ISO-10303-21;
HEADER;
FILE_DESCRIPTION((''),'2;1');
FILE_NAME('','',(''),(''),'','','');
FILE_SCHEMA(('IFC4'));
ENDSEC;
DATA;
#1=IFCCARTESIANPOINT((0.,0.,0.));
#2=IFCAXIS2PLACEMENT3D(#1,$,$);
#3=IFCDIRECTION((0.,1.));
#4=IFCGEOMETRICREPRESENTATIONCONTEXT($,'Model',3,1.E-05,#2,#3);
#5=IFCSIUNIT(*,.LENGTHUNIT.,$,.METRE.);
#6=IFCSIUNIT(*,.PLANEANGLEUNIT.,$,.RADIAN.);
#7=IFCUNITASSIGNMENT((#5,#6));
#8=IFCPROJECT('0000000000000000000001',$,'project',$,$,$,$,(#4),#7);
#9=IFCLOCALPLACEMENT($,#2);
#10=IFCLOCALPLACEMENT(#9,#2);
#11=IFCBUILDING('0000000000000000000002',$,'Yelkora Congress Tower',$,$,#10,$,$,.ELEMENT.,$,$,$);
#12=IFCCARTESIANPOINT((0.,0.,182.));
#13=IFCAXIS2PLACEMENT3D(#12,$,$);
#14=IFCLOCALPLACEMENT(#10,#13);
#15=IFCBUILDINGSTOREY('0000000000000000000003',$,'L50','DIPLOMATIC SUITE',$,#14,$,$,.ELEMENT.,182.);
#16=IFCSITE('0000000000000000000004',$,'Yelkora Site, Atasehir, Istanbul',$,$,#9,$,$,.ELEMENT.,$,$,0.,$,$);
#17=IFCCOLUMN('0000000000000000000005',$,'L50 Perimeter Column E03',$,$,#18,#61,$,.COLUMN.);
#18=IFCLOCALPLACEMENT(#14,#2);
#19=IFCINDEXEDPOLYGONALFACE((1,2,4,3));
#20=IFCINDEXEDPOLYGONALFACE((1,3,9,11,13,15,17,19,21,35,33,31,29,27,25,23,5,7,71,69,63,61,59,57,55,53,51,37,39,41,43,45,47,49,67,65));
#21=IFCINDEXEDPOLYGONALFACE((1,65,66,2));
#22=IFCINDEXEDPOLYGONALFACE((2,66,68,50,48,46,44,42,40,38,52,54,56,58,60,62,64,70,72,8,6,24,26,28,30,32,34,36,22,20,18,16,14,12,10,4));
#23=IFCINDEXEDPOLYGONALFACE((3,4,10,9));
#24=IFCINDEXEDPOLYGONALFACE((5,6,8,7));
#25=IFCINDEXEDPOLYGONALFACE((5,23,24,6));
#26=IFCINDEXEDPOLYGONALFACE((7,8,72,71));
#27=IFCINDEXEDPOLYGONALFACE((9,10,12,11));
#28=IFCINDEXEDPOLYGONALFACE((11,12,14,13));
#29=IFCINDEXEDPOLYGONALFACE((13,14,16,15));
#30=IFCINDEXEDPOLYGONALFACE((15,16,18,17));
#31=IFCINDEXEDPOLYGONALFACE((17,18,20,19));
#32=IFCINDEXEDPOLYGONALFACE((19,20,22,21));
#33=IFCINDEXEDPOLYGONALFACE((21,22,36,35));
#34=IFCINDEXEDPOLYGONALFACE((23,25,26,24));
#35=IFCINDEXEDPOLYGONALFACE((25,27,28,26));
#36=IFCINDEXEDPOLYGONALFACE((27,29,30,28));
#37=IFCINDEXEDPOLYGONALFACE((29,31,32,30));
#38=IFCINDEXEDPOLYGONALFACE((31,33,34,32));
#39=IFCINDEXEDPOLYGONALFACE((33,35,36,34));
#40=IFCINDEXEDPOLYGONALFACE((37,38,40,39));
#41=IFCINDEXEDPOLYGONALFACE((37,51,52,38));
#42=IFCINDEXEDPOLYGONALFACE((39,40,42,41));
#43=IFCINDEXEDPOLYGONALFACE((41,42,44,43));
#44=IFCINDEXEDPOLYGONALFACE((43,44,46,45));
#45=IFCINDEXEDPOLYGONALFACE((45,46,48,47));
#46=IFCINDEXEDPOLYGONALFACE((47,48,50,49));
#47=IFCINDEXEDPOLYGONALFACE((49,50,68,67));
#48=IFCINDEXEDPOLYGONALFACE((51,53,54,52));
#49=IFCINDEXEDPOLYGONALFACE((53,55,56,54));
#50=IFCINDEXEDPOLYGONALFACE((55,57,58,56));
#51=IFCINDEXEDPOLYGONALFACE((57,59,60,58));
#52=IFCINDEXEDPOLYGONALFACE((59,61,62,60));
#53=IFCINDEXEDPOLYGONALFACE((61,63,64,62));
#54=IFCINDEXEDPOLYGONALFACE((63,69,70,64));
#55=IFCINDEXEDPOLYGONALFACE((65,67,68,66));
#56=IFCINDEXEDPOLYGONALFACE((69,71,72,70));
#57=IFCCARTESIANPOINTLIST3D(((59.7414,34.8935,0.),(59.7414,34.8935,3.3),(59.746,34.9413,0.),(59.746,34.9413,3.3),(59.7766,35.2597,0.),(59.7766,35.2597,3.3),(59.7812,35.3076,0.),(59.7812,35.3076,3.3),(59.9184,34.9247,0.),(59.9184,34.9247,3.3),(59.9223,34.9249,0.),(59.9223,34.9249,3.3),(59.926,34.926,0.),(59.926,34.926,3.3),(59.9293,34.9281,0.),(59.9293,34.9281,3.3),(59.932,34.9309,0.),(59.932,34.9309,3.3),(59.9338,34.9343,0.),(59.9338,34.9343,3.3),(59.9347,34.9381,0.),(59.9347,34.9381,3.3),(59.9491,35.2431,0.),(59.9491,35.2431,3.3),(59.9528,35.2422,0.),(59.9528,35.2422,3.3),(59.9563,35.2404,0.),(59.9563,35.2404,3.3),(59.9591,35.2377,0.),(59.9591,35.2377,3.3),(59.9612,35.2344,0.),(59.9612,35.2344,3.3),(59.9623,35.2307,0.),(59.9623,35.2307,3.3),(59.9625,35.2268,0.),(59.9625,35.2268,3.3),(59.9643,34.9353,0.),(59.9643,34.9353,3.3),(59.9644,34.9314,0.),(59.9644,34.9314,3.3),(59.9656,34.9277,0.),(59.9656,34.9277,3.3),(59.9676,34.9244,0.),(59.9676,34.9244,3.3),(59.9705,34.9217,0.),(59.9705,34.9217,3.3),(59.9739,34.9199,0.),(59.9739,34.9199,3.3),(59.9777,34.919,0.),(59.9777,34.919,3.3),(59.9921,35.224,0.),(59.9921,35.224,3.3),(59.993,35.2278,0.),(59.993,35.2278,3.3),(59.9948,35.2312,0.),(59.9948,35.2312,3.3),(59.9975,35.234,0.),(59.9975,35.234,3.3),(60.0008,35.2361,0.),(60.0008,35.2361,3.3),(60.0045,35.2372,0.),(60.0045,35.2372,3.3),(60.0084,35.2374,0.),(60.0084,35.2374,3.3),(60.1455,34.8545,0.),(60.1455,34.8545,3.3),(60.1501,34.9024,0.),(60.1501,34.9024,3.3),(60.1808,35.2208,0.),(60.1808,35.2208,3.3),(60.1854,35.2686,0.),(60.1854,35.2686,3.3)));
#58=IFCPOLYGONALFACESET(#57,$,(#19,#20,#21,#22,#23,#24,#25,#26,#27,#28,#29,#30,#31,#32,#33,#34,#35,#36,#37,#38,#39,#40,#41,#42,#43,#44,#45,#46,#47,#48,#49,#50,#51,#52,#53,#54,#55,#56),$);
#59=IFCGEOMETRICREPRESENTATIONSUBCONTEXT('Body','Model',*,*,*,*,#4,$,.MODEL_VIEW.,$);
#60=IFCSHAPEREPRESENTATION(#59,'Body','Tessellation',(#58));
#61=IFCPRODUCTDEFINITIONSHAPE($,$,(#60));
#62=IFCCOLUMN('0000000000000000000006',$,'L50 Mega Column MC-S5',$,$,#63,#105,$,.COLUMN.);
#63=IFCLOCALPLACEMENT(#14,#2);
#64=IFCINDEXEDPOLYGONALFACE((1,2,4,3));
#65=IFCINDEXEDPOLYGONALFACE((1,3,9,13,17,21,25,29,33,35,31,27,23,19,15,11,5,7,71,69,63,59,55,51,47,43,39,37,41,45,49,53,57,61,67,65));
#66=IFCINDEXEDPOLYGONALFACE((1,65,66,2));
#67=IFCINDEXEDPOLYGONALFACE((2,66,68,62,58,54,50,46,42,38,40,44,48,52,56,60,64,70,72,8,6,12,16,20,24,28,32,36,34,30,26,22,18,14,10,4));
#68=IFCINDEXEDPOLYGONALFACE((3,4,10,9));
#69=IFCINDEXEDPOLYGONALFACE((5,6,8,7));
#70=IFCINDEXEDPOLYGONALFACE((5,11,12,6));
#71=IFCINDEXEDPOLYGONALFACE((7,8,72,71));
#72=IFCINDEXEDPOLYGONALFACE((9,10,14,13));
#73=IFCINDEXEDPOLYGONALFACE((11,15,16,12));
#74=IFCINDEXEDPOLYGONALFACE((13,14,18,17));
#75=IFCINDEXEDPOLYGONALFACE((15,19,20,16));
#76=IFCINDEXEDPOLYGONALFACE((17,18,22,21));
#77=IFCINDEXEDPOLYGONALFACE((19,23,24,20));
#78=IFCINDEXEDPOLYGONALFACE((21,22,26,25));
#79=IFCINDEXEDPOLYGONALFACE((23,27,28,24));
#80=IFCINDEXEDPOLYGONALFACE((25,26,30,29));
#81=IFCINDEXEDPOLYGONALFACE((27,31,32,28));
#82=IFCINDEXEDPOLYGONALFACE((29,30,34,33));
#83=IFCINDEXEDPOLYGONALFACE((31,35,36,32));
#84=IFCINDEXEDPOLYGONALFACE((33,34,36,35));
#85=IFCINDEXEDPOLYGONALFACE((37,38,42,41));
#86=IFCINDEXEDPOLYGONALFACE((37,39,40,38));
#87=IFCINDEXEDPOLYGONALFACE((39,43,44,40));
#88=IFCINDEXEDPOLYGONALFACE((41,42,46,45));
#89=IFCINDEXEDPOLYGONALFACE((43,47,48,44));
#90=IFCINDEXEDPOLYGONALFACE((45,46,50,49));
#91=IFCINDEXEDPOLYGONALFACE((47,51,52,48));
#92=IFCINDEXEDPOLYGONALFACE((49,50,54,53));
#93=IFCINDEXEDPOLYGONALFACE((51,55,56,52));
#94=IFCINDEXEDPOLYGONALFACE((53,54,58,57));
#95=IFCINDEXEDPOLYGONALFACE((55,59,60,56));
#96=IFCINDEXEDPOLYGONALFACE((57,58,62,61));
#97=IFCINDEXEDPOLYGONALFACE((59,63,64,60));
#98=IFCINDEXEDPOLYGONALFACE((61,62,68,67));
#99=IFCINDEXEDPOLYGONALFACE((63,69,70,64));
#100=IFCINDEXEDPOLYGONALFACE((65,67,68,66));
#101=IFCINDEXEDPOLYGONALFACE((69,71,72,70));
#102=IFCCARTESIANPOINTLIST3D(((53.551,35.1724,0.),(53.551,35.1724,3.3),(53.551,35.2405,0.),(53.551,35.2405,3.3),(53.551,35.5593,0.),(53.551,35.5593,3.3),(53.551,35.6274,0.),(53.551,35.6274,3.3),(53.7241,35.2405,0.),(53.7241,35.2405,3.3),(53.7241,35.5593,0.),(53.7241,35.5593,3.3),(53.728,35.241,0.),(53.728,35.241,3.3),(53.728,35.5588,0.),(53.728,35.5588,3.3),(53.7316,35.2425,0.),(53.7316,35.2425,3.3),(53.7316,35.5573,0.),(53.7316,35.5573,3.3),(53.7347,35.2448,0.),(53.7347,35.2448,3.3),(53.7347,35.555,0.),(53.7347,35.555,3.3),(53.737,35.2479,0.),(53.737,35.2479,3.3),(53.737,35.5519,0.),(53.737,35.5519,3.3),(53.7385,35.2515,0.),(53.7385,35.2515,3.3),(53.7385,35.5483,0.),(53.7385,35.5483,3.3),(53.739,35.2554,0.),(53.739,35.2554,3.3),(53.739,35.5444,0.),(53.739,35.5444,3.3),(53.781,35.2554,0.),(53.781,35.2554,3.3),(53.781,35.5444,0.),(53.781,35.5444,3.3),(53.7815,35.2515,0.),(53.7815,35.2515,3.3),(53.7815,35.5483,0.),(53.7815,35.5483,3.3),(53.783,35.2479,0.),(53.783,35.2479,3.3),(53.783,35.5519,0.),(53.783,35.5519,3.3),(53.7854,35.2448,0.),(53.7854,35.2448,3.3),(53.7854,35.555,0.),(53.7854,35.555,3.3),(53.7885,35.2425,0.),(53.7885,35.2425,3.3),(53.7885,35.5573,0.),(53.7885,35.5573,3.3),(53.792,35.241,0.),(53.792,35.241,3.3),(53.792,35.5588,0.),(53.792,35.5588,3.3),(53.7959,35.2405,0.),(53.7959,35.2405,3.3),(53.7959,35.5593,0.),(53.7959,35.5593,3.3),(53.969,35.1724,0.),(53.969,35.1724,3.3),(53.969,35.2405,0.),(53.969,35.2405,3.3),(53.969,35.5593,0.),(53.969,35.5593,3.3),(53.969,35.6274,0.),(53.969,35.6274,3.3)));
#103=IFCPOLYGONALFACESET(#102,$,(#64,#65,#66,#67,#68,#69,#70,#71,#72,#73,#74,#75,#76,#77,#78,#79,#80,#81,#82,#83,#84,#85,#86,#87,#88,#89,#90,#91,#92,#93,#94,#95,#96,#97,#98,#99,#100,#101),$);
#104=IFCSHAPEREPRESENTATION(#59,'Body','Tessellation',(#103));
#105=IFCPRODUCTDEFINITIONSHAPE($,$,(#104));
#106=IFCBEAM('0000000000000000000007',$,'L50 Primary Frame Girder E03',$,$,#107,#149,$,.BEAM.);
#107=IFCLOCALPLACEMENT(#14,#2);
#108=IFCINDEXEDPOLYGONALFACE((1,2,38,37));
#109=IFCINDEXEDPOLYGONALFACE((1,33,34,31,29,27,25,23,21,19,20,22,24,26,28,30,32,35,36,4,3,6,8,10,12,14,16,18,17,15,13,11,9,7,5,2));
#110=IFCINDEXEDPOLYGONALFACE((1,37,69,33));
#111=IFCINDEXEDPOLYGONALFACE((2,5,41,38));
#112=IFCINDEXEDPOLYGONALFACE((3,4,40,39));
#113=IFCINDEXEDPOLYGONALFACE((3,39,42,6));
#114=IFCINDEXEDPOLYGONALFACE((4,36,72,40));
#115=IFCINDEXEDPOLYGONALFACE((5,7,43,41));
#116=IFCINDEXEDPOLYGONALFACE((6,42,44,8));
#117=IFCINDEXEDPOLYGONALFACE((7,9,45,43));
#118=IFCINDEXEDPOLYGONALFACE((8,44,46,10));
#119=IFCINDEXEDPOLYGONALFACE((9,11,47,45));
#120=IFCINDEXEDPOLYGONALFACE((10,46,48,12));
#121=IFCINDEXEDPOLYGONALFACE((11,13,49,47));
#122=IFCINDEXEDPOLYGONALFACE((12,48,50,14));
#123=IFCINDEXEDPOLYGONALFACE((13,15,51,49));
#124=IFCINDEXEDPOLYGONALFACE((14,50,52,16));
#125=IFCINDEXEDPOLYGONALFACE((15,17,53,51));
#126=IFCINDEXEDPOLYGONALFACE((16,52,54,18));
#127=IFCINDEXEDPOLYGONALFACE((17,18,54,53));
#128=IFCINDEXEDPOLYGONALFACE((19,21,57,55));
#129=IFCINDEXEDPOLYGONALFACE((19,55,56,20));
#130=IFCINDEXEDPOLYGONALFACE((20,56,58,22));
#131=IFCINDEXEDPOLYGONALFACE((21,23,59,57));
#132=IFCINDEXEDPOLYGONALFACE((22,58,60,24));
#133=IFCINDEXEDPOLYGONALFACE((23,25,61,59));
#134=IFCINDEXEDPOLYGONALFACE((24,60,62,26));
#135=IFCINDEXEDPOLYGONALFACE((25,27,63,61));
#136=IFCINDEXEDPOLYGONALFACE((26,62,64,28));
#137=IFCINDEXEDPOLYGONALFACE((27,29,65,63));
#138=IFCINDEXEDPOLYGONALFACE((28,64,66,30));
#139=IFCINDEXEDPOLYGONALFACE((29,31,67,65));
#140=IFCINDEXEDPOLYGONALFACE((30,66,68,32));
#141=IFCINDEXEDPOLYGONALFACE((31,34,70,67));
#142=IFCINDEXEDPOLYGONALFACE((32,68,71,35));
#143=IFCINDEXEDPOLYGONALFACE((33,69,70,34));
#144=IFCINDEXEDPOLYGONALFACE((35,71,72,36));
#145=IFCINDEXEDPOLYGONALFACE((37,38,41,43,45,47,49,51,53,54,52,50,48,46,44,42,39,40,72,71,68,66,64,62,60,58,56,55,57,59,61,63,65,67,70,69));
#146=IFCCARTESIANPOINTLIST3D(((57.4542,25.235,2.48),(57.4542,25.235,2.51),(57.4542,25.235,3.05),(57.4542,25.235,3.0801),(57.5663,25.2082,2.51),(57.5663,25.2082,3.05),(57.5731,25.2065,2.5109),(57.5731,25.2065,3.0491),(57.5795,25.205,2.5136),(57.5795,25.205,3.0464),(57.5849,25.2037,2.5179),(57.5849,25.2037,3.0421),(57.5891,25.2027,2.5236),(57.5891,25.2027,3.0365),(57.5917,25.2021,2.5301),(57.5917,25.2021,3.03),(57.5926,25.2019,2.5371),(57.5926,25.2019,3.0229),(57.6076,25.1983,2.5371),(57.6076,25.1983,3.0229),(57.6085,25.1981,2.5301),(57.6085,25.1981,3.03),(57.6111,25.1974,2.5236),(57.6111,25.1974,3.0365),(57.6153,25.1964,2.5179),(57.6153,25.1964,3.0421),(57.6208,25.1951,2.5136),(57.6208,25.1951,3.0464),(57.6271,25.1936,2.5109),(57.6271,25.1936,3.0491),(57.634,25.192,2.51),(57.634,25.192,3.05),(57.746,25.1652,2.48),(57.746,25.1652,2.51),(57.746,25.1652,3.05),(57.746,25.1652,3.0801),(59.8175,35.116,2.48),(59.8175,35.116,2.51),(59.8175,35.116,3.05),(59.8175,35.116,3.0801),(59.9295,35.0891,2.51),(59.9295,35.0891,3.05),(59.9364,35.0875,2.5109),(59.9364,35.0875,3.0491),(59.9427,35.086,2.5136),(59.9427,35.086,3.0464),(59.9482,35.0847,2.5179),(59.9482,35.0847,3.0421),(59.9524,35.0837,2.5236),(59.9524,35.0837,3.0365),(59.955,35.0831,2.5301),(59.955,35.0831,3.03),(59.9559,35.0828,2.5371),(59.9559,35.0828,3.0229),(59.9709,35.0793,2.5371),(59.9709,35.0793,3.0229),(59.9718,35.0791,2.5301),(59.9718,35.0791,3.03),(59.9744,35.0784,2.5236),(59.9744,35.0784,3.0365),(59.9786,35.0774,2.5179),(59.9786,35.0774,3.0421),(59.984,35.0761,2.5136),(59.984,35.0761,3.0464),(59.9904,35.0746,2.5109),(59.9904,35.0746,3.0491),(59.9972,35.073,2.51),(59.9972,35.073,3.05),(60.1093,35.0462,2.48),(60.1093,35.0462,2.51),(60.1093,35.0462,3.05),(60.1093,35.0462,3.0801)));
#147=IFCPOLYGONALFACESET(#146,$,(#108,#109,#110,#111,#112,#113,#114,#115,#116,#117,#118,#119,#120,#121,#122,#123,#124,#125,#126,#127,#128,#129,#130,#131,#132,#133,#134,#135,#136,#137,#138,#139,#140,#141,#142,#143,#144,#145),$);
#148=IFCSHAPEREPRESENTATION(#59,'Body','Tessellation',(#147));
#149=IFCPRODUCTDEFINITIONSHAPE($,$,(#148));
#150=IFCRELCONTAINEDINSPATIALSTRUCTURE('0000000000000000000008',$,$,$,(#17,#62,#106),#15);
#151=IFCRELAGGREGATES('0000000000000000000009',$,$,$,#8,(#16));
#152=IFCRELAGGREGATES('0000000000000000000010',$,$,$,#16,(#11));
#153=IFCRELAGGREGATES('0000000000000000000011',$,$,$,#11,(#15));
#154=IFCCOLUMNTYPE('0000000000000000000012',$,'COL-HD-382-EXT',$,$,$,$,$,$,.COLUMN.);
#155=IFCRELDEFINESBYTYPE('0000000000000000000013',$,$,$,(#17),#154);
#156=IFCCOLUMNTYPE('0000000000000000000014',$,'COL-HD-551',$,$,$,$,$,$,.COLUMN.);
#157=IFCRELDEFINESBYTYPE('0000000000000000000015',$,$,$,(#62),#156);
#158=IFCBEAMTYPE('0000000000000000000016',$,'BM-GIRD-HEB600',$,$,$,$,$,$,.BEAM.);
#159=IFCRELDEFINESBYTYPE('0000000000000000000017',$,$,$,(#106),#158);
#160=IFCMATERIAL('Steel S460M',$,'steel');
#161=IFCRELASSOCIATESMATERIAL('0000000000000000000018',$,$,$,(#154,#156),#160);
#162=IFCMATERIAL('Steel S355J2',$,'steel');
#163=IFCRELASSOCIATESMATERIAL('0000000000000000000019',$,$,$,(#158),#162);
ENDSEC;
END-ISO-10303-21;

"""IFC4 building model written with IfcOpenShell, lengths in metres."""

from ifc_helpers import new_model, si_unit, direction, frame, origin, origin_2d, place, context, subcontext, project, spatial, i_section, extrude, material, material_profile, profile_set, type_object, element, save


model = new_model("IFC4")

# Units and contexts
model_context = context("Model", 3, precision=1e-05, world=origin(), true_north=direction((0.0, 1.0)))
body_context = subcontext(model_context, "Body", "Model", "MODEL_VIEW")
ifc_project = project(units=[si_unit("LENGTHUNIT", "METRE"), si_unit("PLANEANGLEUNIT", "RADIAN")], contexts=[model_context])

# Site, building, storey
site_placement = place(None, origin())
site = spatial("IfcSite", under=ifc_project, at=site_placement, Name="Yelkora Site, Atasehir, Istanbul", CompositionType="ELEMENT", RefElevation=0.0)
building_placement = place(site_placement, origin())
building = spatial("IfcBuilding", under=site, at=building_placement, Name="Yelkora Congress Tower", CompositionType="ELEMENT")
storey_placement = place(building_placement, frame((0.0, 0.0, 182.0)))
storey = spatial("IfcBuildingStorey", under=building, at=storey_placement, Name="L50", Description="DIPLOMATIC SUITE", CompositionType="ELEMENT", Elevation=182.0)

# Columns
ifc_material_1 = material(Name="Steel S460M", Category="steel")
ifc_material_profile_1 = material_profile(ifc_material_1, i_section(OverallWidth=0.406, OverallDepth=0.416, WebThickness=0.0298, FlangeThickness=0.0481, FilletRadius=0.0149, at=origin_2d()), Name="HD 400x382")
ifc_profile_set_1 = profile_set([ifc_material_profile_1], Name="Steel S460M")
column_type_1 = type_object("IfcColumnType", Name="COL-HD-382-EXT", PredefinedType="COLUMN", material=ifc_profile_set_1)
column_1_placement = place(storey_placement, frame((59.9634, 35.0811, 0.0), z_axis=(0.0, 0.0, 1.0), x_axis=(0.995396, -0.095846, 0.0)))
element("IfcColumn", 1, at=column_1_placement, inside=storey, type_object=column_type_1, Name="L50 Perimeter Column E03", PredefinedType="COLUMN", context=body_context, shape_type="SweptSolid", body=[
    extrude(i_section(OverallWidth=0.406, OverallDepth=0.416, WebThickness=0.0298, FlangeThickness=0.0481, FilletRadius=0.0149, at=origin_2d()), origin(), (0.0, 0.0, 1.0), 3.3),
])
ifc_material_profile_2 = material_profile(ifc_material_1, i_section(OverallWidth=0.418, OverallDepth=0.4551, WebThickness=0.042, FlangeThickness=0.0681, FilletRadius=0.0149, at=origin_2d()), Name="HD 400x551")
ifc_profile_set_2 = profile_set([ifc_material_profile_2], Name="Steel S460M")
column_type_2 = type_object("IfcColumnType", Name="COL-HD-551", PredefinedType="COLUMN", material=ifc_profile_set_2)
column_2_placement = place(storey_placement, frame((53.76, 35.3999, 0.0), z_axis=(0.0, 0.0, 1.0), x_axis=(1.0, 0.0, 0.0)))
element("IfcColumn", 2, at=column_2_placement, inside=storey, type_object=column_type_2, Name="L50 Mega Column MC-S5", PredefinedType="COLUMN", context=body_context, shape_type="SweptSolid", body=[
    extrude(i_section(OverallWidth=0.418, OverallDepth=0.4551, WebThickness=0.042, FlangeThickness=0.0681, FilletRadius=0.0149, at=origin_2d()), origin(), (0.0, 0.0, 1.0), 3.3),
])

# Beam
ifc_material_2 = material(Name="Steel S355J2", Category="steel")
ifc_material_profile_3 = material_profile(ifc_material_2, i_section(OverallWidth=0.3, OverallDepth=0.6001, WebThickness=0.0154, FlangeThickness=0.03, FilletRadius=0.0271, at=origin_2d()), Name="HEB 600")
ifc_profile_set_3 = profile_set([ifc_material_profile_3], Name="Steel S355J2")
beam_type_1 = type_object("IfcBeamType", Name="BM-GIRD-HEB600", PredefinedType="BEAM", material=ifc_profile_set_3)
beam_1_placement = place(storey_placement, frame((59.9634, 35.0811, 2.78), z_axis=(-0.232611, -0.97257, 0.0), x_axis=(0.97257, -0.232611, 0.0)))
element("IfcBeam", 3, at=beam_1_placement, inside=storey, type_object=beam_type_1, Name="L50 Primary Frame Girder E03", PredefinedType="BEAM", context=body_context, shape_type="SweptSolid", body=[
    extrude(i_section(OverallWidth=0.3, OverallDepth=0.6001, WebThickness=0.0154, FlangeThickness=0.03, FilletRadius=0.0271, at=origin_2d()), origin(), (0.0, 0.0, 1.0), 10.1597),
])

save(model, "model.ifc")
